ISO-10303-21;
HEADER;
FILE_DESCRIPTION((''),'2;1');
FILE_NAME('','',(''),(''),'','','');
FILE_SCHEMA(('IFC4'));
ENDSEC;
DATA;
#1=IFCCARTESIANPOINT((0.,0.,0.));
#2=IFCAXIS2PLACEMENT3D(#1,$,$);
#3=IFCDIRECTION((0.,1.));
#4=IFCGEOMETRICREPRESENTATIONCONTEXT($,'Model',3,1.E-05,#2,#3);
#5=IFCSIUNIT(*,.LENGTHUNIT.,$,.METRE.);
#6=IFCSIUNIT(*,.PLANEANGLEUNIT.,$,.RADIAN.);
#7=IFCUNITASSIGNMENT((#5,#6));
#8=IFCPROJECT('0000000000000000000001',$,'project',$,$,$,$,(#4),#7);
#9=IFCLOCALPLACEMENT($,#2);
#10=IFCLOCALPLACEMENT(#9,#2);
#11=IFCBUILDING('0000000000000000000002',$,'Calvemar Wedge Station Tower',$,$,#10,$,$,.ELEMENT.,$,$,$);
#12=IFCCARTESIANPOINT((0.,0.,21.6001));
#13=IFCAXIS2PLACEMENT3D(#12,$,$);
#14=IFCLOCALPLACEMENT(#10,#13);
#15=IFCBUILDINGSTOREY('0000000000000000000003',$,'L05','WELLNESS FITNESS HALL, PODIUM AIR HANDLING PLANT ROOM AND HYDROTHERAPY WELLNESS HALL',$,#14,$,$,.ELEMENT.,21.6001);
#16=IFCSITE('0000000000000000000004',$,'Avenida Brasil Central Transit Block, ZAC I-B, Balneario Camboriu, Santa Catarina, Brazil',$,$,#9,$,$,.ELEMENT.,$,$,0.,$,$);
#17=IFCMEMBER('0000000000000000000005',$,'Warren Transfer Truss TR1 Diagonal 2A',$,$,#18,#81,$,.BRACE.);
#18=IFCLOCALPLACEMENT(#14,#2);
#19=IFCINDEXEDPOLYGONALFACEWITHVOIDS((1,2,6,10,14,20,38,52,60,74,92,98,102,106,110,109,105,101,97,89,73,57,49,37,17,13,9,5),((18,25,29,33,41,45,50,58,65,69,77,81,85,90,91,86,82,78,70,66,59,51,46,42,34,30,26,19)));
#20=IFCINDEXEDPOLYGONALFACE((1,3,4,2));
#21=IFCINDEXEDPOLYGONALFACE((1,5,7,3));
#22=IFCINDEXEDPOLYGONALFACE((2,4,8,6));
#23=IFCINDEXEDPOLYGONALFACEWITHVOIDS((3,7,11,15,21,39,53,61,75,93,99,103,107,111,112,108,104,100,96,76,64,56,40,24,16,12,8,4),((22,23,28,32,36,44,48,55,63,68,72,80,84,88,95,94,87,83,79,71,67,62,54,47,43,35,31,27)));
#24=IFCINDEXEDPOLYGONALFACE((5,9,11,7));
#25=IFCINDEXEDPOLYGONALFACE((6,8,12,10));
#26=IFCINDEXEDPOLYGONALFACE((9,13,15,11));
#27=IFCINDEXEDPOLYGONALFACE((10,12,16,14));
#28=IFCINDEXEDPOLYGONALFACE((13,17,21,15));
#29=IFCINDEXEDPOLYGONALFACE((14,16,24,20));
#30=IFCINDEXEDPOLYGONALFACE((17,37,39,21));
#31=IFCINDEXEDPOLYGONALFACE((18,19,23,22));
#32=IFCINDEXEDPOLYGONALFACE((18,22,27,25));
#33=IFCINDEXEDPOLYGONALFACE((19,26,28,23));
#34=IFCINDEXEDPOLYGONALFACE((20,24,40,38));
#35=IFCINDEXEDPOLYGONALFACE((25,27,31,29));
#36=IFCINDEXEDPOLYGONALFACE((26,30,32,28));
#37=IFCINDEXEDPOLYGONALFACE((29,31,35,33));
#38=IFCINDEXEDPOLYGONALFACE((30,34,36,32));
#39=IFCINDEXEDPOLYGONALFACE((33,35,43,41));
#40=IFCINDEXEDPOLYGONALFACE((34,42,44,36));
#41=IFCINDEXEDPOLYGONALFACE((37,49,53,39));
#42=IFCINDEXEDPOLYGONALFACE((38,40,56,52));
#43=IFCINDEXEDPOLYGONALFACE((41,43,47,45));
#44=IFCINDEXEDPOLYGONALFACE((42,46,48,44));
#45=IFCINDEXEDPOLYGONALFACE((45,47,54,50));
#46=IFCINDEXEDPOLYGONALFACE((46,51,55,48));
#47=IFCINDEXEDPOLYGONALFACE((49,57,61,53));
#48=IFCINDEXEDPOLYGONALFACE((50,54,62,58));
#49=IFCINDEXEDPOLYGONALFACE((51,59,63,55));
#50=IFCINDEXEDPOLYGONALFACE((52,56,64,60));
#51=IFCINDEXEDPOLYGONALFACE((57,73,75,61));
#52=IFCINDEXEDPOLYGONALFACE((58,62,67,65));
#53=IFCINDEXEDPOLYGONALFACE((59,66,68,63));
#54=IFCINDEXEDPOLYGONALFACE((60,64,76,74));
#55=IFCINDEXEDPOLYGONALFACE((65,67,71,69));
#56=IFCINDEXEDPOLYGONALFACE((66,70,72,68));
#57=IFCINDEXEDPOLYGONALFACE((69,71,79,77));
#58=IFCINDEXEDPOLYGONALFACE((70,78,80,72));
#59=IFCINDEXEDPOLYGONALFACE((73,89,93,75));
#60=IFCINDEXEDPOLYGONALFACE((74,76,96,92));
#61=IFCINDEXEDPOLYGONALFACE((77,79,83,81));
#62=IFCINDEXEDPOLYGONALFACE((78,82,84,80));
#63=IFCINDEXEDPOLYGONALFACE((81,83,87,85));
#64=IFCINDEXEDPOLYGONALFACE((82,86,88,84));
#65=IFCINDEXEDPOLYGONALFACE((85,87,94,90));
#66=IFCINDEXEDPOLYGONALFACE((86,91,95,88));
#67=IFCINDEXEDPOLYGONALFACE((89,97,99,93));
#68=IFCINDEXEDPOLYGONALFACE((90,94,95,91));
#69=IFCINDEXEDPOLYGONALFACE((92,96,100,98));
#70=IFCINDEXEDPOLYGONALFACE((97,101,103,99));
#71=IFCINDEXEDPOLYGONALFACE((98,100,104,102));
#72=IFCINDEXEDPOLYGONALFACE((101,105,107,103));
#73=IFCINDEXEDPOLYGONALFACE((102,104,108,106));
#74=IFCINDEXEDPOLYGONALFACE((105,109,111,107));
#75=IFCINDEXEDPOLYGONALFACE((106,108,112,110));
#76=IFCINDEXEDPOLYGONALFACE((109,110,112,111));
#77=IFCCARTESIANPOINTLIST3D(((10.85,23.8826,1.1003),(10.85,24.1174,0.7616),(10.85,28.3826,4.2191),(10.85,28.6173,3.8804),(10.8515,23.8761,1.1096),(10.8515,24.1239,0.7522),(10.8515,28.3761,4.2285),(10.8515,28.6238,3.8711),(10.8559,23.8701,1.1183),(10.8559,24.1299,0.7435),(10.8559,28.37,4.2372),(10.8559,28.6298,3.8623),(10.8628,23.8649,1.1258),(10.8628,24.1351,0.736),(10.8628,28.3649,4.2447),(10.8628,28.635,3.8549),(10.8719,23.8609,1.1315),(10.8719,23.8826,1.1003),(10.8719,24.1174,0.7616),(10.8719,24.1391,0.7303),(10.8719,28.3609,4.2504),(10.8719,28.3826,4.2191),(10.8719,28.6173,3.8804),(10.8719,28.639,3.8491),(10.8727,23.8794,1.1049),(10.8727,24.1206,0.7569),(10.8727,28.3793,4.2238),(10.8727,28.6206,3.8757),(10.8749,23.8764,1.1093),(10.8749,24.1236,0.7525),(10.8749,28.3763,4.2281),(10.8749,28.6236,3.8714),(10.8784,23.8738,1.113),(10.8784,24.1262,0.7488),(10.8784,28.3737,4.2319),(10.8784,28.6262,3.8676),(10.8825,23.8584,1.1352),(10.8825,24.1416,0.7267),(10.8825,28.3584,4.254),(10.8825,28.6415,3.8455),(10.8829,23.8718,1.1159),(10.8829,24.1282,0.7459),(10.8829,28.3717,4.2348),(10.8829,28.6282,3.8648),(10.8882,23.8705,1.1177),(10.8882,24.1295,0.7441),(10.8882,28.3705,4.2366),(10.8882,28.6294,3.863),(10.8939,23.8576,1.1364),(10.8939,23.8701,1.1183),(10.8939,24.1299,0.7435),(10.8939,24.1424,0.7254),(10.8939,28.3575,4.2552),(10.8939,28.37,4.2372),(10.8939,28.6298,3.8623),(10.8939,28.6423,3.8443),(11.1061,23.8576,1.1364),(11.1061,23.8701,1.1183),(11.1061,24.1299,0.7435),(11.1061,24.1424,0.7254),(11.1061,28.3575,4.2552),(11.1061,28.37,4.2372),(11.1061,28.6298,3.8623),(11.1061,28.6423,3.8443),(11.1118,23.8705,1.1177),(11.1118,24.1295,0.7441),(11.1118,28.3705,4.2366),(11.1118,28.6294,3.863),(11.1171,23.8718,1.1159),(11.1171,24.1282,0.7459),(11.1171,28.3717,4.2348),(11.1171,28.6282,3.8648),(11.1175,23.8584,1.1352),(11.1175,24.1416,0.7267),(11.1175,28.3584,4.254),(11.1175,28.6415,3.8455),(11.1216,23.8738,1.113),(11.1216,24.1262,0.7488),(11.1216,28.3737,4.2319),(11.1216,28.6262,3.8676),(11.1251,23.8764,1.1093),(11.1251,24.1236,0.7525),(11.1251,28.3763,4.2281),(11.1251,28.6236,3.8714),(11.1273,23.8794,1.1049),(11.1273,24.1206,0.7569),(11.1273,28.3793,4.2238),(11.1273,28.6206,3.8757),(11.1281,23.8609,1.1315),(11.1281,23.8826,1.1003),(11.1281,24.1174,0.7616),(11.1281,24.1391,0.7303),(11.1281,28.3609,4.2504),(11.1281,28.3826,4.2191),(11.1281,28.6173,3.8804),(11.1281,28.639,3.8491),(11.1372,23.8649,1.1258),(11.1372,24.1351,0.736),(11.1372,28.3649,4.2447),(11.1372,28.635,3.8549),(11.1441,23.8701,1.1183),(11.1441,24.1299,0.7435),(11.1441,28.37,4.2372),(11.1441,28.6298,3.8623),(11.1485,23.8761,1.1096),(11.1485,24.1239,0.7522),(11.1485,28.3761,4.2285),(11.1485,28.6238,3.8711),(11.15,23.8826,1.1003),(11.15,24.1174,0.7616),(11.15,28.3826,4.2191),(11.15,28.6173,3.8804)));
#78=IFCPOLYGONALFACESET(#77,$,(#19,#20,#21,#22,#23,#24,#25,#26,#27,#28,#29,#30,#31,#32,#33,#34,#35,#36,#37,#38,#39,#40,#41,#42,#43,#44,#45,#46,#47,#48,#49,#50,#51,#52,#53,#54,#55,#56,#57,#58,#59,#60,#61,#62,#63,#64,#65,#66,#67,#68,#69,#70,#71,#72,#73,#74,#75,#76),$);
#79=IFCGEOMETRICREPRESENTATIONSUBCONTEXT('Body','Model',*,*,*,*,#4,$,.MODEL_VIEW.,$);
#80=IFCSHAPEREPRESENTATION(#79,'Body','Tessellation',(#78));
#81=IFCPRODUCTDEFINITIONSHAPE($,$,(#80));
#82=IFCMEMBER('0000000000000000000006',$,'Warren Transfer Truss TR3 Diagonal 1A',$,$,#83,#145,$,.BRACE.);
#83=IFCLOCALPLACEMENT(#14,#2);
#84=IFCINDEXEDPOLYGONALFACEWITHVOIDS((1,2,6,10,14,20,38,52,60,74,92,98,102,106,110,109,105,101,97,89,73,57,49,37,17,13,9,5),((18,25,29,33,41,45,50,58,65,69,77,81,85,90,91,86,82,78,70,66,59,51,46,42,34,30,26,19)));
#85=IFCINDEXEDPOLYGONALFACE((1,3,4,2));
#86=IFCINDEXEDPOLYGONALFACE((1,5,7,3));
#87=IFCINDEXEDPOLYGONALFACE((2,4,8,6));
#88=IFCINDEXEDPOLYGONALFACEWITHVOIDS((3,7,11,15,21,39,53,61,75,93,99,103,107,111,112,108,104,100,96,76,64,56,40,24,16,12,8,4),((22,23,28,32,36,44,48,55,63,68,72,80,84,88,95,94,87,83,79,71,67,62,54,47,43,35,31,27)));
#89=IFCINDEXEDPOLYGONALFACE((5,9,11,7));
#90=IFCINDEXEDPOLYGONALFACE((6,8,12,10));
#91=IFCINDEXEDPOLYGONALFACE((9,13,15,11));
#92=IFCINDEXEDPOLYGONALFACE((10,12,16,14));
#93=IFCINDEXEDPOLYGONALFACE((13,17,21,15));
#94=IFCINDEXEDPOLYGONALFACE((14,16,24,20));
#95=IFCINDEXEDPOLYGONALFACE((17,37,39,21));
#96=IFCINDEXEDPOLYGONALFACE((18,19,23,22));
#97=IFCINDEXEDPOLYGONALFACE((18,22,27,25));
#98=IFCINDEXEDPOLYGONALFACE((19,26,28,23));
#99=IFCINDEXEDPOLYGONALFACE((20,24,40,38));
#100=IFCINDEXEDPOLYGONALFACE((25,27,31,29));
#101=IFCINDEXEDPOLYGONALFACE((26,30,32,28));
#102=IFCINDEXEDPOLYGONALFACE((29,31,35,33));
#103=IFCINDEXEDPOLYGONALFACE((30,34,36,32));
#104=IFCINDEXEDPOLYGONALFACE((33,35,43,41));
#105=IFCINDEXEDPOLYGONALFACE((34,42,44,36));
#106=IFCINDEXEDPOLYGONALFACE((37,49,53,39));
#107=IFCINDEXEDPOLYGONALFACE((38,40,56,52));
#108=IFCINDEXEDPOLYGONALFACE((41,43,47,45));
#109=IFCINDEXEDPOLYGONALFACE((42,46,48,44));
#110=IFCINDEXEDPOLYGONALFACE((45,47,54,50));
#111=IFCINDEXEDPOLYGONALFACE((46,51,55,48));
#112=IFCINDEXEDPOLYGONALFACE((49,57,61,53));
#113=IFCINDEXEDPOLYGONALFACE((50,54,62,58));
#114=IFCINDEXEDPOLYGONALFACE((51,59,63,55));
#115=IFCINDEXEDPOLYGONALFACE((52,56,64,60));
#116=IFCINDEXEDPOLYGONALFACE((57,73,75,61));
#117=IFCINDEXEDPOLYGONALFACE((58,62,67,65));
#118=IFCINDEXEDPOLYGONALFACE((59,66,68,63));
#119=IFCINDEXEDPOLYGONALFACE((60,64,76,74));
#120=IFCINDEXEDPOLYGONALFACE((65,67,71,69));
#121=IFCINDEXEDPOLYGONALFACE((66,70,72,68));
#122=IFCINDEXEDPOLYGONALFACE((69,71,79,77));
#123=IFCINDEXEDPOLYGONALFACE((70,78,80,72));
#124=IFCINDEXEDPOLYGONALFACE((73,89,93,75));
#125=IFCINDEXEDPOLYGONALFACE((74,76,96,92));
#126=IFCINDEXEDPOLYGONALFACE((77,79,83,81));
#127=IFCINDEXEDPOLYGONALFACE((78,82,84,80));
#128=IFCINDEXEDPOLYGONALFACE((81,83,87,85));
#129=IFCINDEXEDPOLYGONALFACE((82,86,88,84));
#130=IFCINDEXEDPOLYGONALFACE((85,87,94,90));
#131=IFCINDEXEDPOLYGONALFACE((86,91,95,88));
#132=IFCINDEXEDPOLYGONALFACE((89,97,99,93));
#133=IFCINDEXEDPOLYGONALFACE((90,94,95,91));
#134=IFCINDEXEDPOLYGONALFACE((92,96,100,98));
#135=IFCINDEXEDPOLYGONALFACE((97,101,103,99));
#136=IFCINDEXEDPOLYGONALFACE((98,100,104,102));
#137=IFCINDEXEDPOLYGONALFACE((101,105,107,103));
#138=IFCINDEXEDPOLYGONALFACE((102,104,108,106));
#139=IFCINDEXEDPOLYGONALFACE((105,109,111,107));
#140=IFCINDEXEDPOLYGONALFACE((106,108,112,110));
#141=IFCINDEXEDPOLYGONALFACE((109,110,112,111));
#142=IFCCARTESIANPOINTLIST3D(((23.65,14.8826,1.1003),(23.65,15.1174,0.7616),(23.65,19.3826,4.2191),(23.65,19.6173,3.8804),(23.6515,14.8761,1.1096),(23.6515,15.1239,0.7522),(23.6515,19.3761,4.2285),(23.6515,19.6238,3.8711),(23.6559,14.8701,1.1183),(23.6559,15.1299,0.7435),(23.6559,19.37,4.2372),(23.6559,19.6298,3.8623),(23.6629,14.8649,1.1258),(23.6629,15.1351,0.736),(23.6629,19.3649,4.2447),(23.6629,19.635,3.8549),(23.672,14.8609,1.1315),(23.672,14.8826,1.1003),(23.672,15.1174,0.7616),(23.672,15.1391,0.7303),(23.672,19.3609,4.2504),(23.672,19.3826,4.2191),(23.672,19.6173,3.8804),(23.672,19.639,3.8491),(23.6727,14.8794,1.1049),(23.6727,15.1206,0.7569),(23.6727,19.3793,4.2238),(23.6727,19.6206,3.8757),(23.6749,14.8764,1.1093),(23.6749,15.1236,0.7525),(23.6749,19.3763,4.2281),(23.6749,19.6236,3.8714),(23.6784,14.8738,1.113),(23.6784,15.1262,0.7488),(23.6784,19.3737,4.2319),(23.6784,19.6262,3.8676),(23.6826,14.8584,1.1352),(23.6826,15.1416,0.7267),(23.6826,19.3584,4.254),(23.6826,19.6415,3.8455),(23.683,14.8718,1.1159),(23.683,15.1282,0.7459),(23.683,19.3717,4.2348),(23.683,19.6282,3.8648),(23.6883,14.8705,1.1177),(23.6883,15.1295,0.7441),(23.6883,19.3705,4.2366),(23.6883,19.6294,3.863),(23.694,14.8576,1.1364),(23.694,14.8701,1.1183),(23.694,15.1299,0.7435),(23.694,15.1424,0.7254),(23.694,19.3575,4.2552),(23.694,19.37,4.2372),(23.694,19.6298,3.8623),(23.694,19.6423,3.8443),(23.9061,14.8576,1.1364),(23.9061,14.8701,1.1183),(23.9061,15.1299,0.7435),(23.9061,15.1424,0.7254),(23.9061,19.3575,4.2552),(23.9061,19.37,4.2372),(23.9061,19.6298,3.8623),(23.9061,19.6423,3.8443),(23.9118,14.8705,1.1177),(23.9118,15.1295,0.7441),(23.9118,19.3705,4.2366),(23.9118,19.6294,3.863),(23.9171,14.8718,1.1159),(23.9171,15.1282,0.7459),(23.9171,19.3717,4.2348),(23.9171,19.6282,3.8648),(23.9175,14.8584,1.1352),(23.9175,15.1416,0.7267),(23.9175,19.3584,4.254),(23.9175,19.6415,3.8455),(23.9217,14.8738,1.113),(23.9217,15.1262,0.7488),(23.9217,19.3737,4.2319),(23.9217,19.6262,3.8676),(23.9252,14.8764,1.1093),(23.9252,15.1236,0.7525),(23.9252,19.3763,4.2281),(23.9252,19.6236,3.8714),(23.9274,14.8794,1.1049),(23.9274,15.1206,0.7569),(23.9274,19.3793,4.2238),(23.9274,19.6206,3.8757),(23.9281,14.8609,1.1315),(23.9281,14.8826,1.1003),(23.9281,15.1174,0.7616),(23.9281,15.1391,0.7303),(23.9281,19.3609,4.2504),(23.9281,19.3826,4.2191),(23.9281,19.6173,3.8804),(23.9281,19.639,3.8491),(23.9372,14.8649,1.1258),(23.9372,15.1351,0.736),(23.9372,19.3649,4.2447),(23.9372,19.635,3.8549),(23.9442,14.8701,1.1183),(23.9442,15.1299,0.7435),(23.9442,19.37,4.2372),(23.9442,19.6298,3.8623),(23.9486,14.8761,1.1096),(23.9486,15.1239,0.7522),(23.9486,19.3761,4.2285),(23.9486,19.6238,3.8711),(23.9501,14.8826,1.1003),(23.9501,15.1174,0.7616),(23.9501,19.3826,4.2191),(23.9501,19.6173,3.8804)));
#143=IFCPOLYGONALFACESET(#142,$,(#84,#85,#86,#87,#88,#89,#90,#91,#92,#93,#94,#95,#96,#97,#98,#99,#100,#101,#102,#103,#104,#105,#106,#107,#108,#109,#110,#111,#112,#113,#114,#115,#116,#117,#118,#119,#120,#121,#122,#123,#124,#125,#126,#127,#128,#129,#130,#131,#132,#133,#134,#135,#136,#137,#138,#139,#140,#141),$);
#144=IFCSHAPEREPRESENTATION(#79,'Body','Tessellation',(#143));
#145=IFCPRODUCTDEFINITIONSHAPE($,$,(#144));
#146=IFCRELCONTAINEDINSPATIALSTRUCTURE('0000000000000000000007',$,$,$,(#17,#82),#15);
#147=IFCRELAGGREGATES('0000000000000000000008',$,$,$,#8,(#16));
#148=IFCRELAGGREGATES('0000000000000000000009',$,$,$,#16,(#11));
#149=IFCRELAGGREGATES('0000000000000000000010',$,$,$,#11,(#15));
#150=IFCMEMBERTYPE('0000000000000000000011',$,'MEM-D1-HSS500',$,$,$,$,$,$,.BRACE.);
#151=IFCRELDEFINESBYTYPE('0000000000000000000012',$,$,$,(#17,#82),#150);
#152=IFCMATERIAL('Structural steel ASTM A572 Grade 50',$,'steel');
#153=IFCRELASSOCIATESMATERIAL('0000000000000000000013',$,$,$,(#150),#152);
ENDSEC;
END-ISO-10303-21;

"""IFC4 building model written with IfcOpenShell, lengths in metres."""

from ifc_helpers import new_model, si_unit, direction, frame, origin, origin_2d, place, context, subcontext, project, spatial, hollow_rectangle, extrude, source, transform, mapped, material, material_profile, profile_set, type_object, element, save


model = new_model("IFC4")

# Units and contexts
model_context = context("Model", 3, precision=1e-05, world=origin(), true_north=direction((0.0, 1.0)))
body_context = subcontext(model_context, "Body", "Model", "MODEL_VIEW")
ifc_project = project(units=[si_unit("LENGTHUNIT", "METRE"), si_unit("PLANEANGLEUNIT", "RADIAN")], contexts=[model_context])

# Site, building, storey
site_placement = place(None, origin())
site = spatial("IfcSite", under=ifc_project, at=site_placement, Name="Avenida Brasil Central Transit Block, ZAC I-B, Balneario Camboriu, Santa Catarina, Brazil", CompositionType="ELEMENT", RefElevation=0.0)
building_placement = place(site_placement, origin())
building = spatial("IfcBuilding", under=site, at=building_placement, Name="Calvemar Wedge Station Tower", CompositionType="ELEMENT")
storey_placement = place(building_placement, frame((0.0, 0.0, 21.6001)))
storey = spatial("IfcBuildingStorey", under=building, at=storey_placement, Name="L05", Description="WELLNESS FITNESS HALL, PODIUM AIR HANDLING PLANT ROOM AND HYDROTHERAPY WELLNESS HALL", CompositionType="ELEMENT", Elevation=21.6001)

# Shared definitions
ifc_material_1 = material(Name="Structural steel ASTM A572 Grade 50", Category="steel")

# Members
ifc_material_profile_1 = material_profile(ifc_material_1, hollow_rectangle(XDim=0.3, YDim=0.5, WallThickness=0.022, InnerFilletRadius=0.022, OuterFilletRadius=0.0439, at=origin_2d()), Name="HSS500x300x22")
ifc_profile_set_1 = profile_set([ifc_material_profile_1], Name="Structural steel ASTM A572 Grade 50")
member_type_1 = type_object("IfcMemberType", Name="MEM-D1-HSS500", PredefinedType="BRACE", material=ifc_profile_set_1)
shared_shape_1 = source(origin(), body_context, "Body", "SweptSolid", [
    extrude(hollow_rectangle(XDim=0.3, YDim=0.5, WallThickness=0.022, InnerFilletRadius=0.022, OuterFilletRadius=0.0439, at=origin_2d()), origin(), (0.0, 0.0, 1.0), 5.4751),
])
for number, where, z_axis, x_axis, name in (
    (1, (11.0, 24.0, 0.9309), (0.0, 0.821892, 0.569643), (-1.0, 0.0, 0.0), "Warren Transfer Truss TR1 Diagonal 2A"),
    (2, (23.8, 15.0, 0.9309), (0.0, 0.821892, 0.569643), (-1.0, 0.0, 0.0), "Warren Transfer Truss TR3 Diagonal 1A"),
):
    element("IfcMember", number, at=place(storey_placement, frame(where, z_axis=z_axis, x_axis=x_axis)), inside=storey, type_object=member_type_1, Name=name, PredefinedType="BRACE", context=body_context, shape_type="MappedRepresentation", body=[
        mapped(shared_shape_1, transform((0.0, 0.0, 0.0), scale=1.0)),
    ])

save(model, "model.ifc")
